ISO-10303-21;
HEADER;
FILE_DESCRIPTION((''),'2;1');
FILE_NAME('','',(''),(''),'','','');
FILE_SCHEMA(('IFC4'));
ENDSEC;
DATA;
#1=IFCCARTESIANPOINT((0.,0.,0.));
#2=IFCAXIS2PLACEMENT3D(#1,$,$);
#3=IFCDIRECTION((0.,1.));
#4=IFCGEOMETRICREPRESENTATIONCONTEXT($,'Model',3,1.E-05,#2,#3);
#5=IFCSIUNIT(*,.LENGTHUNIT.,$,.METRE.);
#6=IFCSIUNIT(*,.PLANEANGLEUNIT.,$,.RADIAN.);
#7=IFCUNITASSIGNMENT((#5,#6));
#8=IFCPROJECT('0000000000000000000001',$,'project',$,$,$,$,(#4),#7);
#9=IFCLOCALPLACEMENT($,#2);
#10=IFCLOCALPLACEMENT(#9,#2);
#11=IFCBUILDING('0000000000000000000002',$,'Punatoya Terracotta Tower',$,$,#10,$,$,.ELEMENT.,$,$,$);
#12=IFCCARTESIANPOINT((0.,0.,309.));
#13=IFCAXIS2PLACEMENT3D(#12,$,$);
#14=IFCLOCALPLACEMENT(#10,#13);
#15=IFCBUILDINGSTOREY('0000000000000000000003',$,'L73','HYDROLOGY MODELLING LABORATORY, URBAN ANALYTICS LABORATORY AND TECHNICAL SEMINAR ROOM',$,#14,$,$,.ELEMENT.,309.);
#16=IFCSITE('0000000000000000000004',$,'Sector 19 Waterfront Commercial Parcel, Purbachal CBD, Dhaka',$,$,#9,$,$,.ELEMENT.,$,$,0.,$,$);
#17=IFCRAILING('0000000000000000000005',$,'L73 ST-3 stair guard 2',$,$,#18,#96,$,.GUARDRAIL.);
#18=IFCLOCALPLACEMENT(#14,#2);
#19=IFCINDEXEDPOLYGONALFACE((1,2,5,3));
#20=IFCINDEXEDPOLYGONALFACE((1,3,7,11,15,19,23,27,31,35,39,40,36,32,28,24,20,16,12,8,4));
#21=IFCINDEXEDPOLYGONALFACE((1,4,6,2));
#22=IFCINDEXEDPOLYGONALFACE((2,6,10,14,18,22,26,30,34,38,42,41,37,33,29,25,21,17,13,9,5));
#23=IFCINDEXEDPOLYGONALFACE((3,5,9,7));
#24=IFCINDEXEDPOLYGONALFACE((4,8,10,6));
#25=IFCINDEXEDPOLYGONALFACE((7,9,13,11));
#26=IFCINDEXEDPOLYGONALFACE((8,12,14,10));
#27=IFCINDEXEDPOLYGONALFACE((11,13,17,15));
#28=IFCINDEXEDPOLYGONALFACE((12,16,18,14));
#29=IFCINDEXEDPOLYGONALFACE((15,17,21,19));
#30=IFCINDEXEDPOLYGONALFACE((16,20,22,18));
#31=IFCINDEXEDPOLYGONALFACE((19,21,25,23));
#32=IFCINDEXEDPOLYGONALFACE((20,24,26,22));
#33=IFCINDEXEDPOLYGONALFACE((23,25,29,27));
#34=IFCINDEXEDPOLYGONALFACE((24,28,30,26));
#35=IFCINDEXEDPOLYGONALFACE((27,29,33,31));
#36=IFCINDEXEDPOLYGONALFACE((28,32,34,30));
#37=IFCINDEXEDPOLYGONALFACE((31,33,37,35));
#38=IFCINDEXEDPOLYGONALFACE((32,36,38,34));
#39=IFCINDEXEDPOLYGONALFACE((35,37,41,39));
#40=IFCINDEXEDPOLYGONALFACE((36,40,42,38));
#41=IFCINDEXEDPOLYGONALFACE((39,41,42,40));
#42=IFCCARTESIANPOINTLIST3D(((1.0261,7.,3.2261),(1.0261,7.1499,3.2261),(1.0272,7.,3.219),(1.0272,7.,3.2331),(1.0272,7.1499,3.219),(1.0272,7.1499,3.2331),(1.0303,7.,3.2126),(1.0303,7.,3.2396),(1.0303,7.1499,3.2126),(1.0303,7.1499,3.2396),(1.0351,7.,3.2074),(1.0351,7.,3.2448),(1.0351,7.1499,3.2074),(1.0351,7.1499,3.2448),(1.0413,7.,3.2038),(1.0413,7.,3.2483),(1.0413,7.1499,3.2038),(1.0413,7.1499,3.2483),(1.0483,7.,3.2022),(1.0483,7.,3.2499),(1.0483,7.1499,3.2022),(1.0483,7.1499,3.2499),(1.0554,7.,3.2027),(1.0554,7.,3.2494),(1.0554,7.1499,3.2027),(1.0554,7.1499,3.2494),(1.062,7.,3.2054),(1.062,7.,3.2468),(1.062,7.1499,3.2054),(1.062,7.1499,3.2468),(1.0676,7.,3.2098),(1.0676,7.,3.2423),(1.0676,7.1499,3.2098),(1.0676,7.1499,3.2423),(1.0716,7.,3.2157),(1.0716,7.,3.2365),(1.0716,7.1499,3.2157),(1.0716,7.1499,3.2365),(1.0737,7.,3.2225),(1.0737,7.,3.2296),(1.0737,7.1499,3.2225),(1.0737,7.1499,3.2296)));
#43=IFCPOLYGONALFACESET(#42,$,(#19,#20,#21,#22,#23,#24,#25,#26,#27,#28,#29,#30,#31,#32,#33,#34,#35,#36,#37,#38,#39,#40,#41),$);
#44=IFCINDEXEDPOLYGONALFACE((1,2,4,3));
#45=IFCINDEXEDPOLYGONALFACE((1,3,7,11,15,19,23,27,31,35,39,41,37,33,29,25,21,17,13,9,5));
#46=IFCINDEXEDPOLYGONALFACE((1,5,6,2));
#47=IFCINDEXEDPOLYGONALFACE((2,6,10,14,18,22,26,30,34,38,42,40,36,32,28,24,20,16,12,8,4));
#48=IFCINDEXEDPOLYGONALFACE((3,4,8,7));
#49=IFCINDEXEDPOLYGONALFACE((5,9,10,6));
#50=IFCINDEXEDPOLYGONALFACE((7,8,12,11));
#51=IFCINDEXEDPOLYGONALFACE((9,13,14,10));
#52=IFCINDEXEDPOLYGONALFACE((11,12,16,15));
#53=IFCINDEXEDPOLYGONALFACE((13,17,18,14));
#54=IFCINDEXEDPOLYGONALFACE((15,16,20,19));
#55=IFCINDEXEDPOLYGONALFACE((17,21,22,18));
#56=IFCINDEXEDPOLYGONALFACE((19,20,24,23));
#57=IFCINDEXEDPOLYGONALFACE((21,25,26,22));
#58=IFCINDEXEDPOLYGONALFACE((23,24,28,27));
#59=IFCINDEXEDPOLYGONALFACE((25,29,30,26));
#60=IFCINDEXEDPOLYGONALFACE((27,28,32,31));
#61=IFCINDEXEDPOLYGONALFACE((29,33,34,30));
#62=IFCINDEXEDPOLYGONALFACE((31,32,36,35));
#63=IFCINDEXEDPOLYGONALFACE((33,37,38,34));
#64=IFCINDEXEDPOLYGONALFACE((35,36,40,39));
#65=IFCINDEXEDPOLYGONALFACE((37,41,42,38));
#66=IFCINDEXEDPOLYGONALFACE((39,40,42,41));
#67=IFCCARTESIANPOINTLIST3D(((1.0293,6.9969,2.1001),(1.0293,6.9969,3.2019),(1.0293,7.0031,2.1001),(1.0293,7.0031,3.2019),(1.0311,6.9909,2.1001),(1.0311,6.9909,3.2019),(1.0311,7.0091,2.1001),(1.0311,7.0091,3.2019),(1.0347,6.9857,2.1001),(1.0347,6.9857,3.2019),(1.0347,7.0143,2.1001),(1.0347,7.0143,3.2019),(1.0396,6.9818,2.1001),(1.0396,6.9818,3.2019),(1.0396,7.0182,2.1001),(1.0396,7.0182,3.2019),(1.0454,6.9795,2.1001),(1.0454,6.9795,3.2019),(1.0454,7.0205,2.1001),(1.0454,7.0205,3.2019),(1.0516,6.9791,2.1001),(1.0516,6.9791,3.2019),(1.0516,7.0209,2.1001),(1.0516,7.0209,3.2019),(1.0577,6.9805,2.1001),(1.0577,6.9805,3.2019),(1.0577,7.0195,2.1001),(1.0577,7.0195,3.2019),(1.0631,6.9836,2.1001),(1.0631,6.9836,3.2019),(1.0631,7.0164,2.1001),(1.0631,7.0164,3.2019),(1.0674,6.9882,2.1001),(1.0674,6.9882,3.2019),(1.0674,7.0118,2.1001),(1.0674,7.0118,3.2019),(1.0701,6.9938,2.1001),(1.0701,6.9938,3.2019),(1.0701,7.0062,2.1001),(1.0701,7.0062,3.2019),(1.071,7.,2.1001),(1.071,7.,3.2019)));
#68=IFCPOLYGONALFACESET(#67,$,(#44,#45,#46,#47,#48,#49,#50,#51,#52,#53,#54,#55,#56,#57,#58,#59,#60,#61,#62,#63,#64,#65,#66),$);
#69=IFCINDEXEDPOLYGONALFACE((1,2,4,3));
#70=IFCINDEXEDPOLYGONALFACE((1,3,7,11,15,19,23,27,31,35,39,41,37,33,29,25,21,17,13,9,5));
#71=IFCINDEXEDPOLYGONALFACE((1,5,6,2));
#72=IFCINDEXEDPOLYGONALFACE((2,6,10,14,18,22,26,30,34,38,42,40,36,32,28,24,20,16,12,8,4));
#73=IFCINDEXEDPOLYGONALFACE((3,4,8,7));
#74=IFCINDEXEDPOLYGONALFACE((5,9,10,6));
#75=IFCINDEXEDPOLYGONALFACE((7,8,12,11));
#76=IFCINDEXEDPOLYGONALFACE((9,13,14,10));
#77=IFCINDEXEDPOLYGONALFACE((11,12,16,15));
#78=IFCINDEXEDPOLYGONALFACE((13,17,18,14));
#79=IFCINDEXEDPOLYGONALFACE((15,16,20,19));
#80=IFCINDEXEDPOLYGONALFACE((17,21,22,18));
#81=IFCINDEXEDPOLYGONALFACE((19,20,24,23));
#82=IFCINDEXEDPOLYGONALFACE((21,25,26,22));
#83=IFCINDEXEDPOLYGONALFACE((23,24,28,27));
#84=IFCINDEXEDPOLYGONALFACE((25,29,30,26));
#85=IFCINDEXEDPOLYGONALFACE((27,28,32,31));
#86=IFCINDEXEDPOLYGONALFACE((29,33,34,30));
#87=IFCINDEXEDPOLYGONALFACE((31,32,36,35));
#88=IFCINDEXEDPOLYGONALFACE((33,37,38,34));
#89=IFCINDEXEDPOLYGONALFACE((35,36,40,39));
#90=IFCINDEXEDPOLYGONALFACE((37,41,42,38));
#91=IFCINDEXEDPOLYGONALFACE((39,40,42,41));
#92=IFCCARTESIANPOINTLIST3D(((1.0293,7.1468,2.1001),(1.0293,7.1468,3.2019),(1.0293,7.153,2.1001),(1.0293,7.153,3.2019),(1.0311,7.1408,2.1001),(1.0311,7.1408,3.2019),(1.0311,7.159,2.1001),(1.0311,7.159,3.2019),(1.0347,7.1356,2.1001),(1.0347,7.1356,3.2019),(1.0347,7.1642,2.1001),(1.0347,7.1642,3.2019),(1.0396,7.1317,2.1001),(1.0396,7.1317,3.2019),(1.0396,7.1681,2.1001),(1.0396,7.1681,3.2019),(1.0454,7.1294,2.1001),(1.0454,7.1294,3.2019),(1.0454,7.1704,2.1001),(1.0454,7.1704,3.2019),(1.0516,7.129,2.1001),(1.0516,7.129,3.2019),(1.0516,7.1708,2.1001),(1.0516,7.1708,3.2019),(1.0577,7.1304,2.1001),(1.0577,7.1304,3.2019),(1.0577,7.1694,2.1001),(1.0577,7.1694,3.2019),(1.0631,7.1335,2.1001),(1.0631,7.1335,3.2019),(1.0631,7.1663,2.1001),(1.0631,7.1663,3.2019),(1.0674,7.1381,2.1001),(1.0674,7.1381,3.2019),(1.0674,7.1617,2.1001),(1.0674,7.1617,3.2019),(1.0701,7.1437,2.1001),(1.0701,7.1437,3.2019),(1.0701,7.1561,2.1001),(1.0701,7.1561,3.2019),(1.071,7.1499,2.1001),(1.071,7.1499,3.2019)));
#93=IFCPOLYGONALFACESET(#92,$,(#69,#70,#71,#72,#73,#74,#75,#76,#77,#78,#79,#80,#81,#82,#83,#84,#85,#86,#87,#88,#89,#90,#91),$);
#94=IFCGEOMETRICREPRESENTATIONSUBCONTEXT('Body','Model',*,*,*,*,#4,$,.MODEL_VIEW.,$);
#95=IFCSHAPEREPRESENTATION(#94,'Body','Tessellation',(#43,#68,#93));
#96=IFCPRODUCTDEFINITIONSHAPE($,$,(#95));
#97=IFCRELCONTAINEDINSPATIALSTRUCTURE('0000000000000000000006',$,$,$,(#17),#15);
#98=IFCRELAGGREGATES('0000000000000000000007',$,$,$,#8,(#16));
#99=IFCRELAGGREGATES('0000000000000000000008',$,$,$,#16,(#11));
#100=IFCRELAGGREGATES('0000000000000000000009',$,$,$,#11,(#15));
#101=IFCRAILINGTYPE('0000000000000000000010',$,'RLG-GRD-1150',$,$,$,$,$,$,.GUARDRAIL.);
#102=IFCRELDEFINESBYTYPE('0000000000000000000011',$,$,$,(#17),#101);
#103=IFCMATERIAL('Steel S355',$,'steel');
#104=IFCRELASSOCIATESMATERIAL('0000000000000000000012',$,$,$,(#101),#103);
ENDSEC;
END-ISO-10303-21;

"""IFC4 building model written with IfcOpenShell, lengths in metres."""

from ifc_helpers import new_model, si_unit, direction, frame, origin, origin_2d, place, context, subcontext, project, spatial, circle, extrude, material, type_object, element, save


model = new_model("IFC4")

# Units and contexts
model_context = context("Model", 3, precision=1e-05, world=origin(), true_north=direction((0.0, 1.0)))
body_context = subcontext(model_context, "Body", "Model", "MODEL_VIEW")
ifc_project = project(units=[si_unit("LENGTHUNIT", "METRE"), si_unit("PLANEANGLEUNIT", "RADIAN")], contexts=[model_context])

# Site, building, storey
site_placement = place(None, origin())
site = spatial("IfcSite", under=ifc_project, at=site_placement, Name="Sector 19 Waterfront Commercial Parcel, Purbachal CBD, Dhaka", CompositionType="ELEMENT", RefElevation=0.0)
building_placement = place(site_placement, origin())
building = spatial("IfcBuilding", under=site, at=building_placement, Name="Punatoya Terracotta Tower", CompositionType="ELEMENT")
storey_placement = place(building_placement, frame((0.0, 0.0, 309.0)))
storey = spatial("IfcBuildingStorey", under=building, at=storey_placement, Name="L73", Description="HYDROLOGY MODELLING LABORATORY, URBAN ANALYTICS LABORATORY AND TECHNICAL SEMINAR ROOM", CompositionType="ELEMENT", Elevation=309.0)

# Shared definitions
ifc_material_1 = material(Name="Steel S355", Category="steel")

# Railing
railing_type_1 = type_object("IfcRailingType", Name="RLG-GRD-1150", PredefinedType="GUARDRAIL", material=ifc_material_1)
railing_1_placement = place(storey_placement, frame((1.05, 7.0, 2.1001)))
element("IfcRailing", 1, at=railing_1_placement, inside=storey, type_object=railing_type_1, Name="L73 ST-3 stair guard 2", PredefinedType="GUARDRAIL", context=body_context, shape_type="SweptSolid", body=[
    extrude(circle(Radius=0.0239, at=origin_2d()), frame((0.0, 0.0, 1.126), z_axis=(0.0, 1.0, 0.0), x_axis=(-1.0, 0.0, 0.0)), (0.0, 0.0, 1.0), 0.1499),
    extrude(circle(Radius=0.021, at=origin_2d()), origin(), (0.0, 0.0, 1.0), 1.1018),
    extrude(circle(Radius=0.021, at=origin_2d()), frame((0.0, 0.1499, 0.0)), (0.0, 0.0, 1.0), 1.1018),
])

save(model, "model.ifc")
